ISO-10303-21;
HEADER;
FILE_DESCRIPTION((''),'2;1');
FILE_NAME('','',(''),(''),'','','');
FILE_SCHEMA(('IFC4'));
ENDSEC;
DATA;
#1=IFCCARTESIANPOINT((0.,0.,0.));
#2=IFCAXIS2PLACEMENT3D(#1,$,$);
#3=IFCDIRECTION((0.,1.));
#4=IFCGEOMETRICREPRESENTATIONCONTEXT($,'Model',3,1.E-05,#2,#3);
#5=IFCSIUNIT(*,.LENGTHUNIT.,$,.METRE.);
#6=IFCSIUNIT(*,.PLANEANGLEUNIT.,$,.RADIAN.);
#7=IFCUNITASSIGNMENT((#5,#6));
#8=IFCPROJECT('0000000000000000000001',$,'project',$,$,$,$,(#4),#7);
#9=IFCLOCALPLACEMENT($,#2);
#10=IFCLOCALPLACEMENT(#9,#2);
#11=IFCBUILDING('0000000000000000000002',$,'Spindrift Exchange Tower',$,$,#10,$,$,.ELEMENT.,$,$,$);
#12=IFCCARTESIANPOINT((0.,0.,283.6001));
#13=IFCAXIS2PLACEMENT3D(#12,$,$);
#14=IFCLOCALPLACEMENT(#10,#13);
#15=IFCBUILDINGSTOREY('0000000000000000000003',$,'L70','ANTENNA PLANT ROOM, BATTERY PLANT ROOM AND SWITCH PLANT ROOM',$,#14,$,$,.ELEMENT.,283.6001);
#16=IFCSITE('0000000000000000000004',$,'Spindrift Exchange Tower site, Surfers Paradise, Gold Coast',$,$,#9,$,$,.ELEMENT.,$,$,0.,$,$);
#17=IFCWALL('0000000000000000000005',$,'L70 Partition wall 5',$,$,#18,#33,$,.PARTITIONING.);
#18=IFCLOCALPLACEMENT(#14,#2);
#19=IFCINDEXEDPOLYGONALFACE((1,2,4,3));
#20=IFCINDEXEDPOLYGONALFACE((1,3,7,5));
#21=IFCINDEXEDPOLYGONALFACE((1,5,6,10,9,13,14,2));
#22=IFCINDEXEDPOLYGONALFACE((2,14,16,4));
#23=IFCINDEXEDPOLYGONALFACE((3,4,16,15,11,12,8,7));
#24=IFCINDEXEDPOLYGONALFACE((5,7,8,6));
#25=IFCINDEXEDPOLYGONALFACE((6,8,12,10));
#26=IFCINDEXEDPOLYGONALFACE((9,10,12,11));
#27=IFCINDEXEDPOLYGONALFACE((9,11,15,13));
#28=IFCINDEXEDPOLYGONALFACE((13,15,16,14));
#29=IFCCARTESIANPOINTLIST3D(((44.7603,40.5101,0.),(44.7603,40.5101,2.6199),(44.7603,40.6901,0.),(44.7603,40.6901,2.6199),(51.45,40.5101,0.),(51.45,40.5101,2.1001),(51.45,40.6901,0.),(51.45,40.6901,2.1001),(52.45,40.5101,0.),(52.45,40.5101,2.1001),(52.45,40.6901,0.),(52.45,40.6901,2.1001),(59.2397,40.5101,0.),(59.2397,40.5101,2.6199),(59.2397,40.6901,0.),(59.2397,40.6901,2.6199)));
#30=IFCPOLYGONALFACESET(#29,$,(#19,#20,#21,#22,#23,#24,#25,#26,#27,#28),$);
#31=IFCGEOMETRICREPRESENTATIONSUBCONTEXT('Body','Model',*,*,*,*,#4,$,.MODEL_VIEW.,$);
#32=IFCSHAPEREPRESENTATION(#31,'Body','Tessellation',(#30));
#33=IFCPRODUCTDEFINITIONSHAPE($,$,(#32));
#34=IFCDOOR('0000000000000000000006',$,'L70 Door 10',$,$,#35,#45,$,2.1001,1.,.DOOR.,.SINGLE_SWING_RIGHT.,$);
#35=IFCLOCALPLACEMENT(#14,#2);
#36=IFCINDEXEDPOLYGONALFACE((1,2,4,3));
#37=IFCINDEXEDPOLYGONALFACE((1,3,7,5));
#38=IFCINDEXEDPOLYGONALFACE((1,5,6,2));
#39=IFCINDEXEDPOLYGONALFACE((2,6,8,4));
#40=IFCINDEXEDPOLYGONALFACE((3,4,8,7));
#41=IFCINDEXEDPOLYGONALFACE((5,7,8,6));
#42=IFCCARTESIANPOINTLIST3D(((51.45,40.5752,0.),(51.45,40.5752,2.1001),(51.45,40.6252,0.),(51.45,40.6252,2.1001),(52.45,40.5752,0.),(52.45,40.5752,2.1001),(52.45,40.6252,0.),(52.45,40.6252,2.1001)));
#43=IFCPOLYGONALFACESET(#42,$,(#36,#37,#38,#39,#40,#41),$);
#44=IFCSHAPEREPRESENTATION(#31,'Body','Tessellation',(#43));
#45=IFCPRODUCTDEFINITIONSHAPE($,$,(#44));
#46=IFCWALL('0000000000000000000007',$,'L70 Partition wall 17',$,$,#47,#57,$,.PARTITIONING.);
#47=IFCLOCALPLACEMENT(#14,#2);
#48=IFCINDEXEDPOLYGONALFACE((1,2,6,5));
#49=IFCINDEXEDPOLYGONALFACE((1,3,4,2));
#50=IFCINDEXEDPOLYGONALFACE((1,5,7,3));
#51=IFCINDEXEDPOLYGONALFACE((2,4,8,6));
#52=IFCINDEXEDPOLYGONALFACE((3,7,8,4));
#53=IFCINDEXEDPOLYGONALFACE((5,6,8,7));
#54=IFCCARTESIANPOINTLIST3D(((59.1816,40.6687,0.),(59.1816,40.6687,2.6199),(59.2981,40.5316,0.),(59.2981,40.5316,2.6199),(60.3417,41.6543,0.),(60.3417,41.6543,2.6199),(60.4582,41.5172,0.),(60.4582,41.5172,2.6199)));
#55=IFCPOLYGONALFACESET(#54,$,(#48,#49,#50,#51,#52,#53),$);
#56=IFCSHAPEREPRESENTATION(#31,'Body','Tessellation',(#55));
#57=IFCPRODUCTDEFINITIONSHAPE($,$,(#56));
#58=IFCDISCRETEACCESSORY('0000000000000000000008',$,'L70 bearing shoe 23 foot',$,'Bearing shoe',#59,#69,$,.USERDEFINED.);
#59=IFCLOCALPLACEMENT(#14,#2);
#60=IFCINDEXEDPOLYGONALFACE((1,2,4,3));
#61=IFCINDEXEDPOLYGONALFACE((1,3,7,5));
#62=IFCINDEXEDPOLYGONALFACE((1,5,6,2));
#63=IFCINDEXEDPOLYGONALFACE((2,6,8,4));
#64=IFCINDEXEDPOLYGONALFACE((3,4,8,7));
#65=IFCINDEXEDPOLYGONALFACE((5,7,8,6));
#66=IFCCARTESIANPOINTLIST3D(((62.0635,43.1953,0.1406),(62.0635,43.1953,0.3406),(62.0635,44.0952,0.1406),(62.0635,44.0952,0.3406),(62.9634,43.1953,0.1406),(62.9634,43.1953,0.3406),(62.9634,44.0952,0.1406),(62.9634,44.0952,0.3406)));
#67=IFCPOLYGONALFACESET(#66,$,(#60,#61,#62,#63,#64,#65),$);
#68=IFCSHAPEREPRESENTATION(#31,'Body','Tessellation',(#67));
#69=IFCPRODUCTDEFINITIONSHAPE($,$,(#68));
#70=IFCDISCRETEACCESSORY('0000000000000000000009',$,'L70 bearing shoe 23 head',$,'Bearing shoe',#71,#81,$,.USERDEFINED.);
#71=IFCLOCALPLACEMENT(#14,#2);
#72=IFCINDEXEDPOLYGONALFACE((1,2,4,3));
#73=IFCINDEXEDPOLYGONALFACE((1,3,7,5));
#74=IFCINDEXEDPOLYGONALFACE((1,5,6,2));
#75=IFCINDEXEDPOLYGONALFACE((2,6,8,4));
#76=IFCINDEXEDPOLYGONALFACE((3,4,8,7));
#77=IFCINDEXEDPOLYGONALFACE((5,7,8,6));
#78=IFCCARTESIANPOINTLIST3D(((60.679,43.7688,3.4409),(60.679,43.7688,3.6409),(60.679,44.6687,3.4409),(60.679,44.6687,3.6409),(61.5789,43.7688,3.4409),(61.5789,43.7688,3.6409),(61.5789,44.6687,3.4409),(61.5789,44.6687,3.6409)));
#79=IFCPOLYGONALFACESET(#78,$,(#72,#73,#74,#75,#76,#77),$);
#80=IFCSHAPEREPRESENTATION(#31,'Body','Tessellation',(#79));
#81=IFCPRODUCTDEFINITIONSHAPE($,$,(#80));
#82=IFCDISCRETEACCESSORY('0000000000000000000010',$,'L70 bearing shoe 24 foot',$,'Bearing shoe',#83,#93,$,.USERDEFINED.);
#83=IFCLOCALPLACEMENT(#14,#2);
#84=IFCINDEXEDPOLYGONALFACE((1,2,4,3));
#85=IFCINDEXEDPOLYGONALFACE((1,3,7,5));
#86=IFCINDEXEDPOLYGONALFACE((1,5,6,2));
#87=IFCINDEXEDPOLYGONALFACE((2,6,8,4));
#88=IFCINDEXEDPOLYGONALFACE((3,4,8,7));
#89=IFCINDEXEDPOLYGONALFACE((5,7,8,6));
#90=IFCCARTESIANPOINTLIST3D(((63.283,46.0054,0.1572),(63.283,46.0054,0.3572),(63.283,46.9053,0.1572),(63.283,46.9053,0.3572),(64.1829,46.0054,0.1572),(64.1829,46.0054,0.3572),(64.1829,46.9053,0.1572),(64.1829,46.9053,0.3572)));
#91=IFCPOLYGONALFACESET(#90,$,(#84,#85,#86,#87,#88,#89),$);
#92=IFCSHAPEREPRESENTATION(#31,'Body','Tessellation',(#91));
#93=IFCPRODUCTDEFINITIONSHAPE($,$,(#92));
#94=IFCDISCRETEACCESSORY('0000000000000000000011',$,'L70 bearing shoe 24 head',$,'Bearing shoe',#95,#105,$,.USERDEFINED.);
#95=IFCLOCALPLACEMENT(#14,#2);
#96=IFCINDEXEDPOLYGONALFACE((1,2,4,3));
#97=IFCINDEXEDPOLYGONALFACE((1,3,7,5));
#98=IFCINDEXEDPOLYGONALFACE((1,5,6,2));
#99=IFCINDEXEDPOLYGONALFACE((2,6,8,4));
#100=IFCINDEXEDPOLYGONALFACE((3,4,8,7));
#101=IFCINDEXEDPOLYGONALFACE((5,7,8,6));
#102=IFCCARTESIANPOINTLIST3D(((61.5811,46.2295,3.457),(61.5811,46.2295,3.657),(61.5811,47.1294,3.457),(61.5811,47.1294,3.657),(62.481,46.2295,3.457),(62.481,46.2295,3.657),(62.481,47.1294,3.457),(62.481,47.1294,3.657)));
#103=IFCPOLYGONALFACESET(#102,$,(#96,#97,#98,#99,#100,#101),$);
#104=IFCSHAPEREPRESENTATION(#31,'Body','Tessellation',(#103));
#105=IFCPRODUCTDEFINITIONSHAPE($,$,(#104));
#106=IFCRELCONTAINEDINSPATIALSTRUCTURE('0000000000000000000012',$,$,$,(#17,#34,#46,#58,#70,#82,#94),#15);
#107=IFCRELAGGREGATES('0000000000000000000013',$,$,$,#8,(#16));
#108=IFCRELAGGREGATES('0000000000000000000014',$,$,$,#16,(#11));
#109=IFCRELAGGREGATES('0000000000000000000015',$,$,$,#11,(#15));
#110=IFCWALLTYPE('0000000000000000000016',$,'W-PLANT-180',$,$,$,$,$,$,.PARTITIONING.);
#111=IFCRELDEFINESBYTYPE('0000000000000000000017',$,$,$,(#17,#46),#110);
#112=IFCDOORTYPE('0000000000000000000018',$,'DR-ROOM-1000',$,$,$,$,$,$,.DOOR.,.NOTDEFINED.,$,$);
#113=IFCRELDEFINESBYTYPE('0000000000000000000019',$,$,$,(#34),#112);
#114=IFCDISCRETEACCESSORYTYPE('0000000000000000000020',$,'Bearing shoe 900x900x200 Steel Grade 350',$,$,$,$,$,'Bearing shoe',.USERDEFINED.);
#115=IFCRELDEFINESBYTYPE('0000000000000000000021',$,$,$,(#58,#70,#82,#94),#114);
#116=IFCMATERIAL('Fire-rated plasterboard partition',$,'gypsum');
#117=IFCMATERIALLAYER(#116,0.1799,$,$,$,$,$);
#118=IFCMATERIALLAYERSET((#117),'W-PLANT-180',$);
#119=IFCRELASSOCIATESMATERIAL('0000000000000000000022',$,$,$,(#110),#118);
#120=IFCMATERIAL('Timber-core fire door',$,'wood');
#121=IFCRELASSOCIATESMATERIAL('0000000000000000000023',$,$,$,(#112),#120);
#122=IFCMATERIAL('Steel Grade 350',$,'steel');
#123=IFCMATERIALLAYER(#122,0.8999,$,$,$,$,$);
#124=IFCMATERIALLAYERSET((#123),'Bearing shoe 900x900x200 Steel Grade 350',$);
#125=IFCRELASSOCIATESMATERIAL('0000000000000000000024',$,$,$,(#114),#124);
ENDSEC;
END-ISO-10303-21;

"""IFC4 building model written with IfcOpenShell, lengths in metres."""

from ifc_helpers import new_model, si_unit, direction, frame, frame_2d, origin, origin_2d, place, context, subcontext, project, spatial, rectangle, extrude, source, transform, mapped, material, layer, layer_set, type_object, element, fill, save


model = new_model("IFC4")

# Units and contexts
model_context = context("Model", 3, precision=1e-05, world=origin(), true_north=direction((0.0, 1.0)))
body_context = subcontext(model_context, "Body", "Model", "MODEL_VIEW")
ifc_project = project(units=[si_unit("LENGTHUNIT", "METRE"), si_unit("PLANEANGLEUNIT", "RADIAN")], contexts=[model_context])

# Site, building, storey
site_placement = place(None, origin())
site = spatial("IfcSite", under=ifc_project, at=site_placement, Name="Spindrift Exchange Tower site, Surfers Paradise, Gold Coast", CompositionType="ELEMENT", RefElevation=0.0)
building_placement = place(site_placement, origin())
building = spatial("IfcBuilding", under=site, at=building_placement, Name="Spindrift Exchange Tower", CompositionType="ELEMENT")
storey_placement = place(building_placement, frame((0.0, 0.0, 283.6001)))
storey = spatial("IfcBuildingStorey", under=building, at=storey_placement, Name="L70", Description="ANTENNA PLANT ROOM, BATTERY PLANT ROOM AND SWITCH PLANT ROOM", CompositionType="ELEMENT", Elevation=283.6001)

# Wall, opening, door
ifc_material_1 = material(Name="Fire-rated plasterboard partition", Category="gypsum")
ifc_layer_1 = layer(ifc_material_1, 0.1799)
ifc_layer_set_1 = layer_set([ifc_layer_1], Name="W-PLANT-180")
wall_type = type_object("IfcWallType", Name="W-PLANT-180", PredefinedType="PARTITIONING", material=ifc_layer_set_1)
wall_1_placement = place(storey_placement, frame((59.2397, 40.6001, 0.0), z_axis=(0.0, 0.0, 1.0), x_axis=(-1.0, 0.0, 0.0)))
wall_1 = element("IfcWall", 1, at=wall_1_placement, inside=storey, type_object=wall_type, Name="L70 Partition wall 5", PredefinedType="PARTITIONING", context=body_context, shape_type="SweptSolid", body=[
    extrude(rectangle(XDim=14.4795, YDim=0.1799, at=frame_2d((7.2397, 0.0))), origin(), (0.0, 0.0, 1.0), 2.6199),
])
opening_placement = place(wall_1_placement, frame((6.7898, 0.0, 0.0)))
opening = element("IfcOpeningElement", 2, at=opening_placement, cuts=wall_1, PredefinedType="OPENING", context=body_context, shape_type="SweptSolid", body=[
    extrude(rectangle(XDim=1.0, YDim=2.1001, at=frame_2d((0.5, 1.05))), frame((0.0, 0.0999, 0.0), z_axis=(0.0, -1.0, 0.0), x_axis=(1.0, 0.0, 0.0)), (0.0, 0.0, 1.0), 0.2),
])
ifc_material_2 = material(Name="Timber-core fire door", Category="wood")
door_type = type_object("IfcDoorType", Name="DR-ROOM-1000", OperationType="NOTDEFINED", PredefinedType="DOOR", material=ifc_material_2)
shared_shape_1 = source(origin(), body_context, "Body", "SweptSolid", [
    extrude(rectangle(XDim=1.0, YDim=2.1001, at=frame_2d((0.5, 1.05))), frame((0.0, 0.0249, 0.0), z_axis=(0.0, -1.0, 0.0), x_axis=(1.0, 0.0, 0.0)), (0.0, 0.0, 1.0), 0.05),
])
door_placement = place(opening_placement, origin())
door = element("IfcDoor", 3, at=door_placement, inside=storey, type_object=door_type, Name="L70 Door 10", OperationType="SINGLE_SWING_RIGHT", OverallHeight=2.1001, OverallWidth=1.0, PredefinedType="DOOR", context=body_context, shape_type="MappedRepresentation", body=[
    mapped(shared_shape_1, transform((0.0, 0.0, 0.0), scale=1.0)),
])
fill(opening, door)

# Wall
wall_2_placement = place(storey_placement, frame((59.2397, 40.6001, 0.0), z_axis=(0.0, 0.0, 1.0), x_axis=(0.762113, 0.647444, 0.0)))
element("IfcWall", 4, at=wall_2_placement, inside=storey, type_object=wall_type, Name="L70 Partition wall 17", PredefinedType="PARTITIONING", context=body_context, shape_type="SweptSolid", body=[
    extrude(rectangle(XDim=1.5222, YDim=0.1799, at=frame_2d((0.7612, 0.0))), origin(), (0.0, 0.0, 1.0), 2.6199),
])

# Discrete accessories
ifc_material_3 = material(Name="Steel Grade 350", Category="steel")
ifc_layer_2 = layer(ifc_material_3, 0.8999)
ifc_layer_set_2 = layer_set([ifc_layer_2], Name="Bearing shoe 900x900x200 Steel Grade 350")
discrete_accessory_type = type_object("IfcDiscreteAccessoryType", Name="Bearing shoe 900x900x200 Steel Grade 350", ElementType="Bearing shoe", PredefinedType="USERDEFINED", material=ifc_layer_set_2)
shared_shape_2 = source(origin(), body_context, "Body", "SweptSolid", [
    extrude(rectangle(XDim=0.8999, YDim=0.8999, at=origin_2d()), origin(), (0.0, 0.0, 1.0), 0.2),
])
for number, where, z_axis, x_axis, name in (
    (5, (62.5134, 43.6453, 0.1406), (0.0, 0.0, 1.0), (1.0, 0.0, 0.0), "L70 bearing shoe 23 foot"),
    (6, (61.1289, 44.2188, 3.4409), (0.0, 0.0, 1.0), (1.0, 0.0, 0.0), "L70 bearing shoe 23 head"),
    (7, (63.7329, 46.4553, 0.1572), (0.0, 0.0, 1.0), (1.0, 0.0, 0.0), "L70 bearing shoe 24 foot"),
    (8, (62.031, 46.6794, 3.457), (0.0, 0.0, 1.0), (1.0, 0.0, 0.0), "L70 bearing shoe 24 head"),
):
    element("IfcDiscreteAccessory", number, at=place(storey_placement, frame(where, z_axis=z_axis, x_axis=x_axis)), inside=storey, type_object=discrete_accessory_type, Name=name, ObjectType="Bearing shoe", PredefinedType="USERDEFINED", context=body_context, shape_type="MappedRepresentation", body=[
        mapped(shared_shape_2, transform((0.0, 0.0, 0.0), scale=1.0)),
    ])

save(model, "model.ifc")
